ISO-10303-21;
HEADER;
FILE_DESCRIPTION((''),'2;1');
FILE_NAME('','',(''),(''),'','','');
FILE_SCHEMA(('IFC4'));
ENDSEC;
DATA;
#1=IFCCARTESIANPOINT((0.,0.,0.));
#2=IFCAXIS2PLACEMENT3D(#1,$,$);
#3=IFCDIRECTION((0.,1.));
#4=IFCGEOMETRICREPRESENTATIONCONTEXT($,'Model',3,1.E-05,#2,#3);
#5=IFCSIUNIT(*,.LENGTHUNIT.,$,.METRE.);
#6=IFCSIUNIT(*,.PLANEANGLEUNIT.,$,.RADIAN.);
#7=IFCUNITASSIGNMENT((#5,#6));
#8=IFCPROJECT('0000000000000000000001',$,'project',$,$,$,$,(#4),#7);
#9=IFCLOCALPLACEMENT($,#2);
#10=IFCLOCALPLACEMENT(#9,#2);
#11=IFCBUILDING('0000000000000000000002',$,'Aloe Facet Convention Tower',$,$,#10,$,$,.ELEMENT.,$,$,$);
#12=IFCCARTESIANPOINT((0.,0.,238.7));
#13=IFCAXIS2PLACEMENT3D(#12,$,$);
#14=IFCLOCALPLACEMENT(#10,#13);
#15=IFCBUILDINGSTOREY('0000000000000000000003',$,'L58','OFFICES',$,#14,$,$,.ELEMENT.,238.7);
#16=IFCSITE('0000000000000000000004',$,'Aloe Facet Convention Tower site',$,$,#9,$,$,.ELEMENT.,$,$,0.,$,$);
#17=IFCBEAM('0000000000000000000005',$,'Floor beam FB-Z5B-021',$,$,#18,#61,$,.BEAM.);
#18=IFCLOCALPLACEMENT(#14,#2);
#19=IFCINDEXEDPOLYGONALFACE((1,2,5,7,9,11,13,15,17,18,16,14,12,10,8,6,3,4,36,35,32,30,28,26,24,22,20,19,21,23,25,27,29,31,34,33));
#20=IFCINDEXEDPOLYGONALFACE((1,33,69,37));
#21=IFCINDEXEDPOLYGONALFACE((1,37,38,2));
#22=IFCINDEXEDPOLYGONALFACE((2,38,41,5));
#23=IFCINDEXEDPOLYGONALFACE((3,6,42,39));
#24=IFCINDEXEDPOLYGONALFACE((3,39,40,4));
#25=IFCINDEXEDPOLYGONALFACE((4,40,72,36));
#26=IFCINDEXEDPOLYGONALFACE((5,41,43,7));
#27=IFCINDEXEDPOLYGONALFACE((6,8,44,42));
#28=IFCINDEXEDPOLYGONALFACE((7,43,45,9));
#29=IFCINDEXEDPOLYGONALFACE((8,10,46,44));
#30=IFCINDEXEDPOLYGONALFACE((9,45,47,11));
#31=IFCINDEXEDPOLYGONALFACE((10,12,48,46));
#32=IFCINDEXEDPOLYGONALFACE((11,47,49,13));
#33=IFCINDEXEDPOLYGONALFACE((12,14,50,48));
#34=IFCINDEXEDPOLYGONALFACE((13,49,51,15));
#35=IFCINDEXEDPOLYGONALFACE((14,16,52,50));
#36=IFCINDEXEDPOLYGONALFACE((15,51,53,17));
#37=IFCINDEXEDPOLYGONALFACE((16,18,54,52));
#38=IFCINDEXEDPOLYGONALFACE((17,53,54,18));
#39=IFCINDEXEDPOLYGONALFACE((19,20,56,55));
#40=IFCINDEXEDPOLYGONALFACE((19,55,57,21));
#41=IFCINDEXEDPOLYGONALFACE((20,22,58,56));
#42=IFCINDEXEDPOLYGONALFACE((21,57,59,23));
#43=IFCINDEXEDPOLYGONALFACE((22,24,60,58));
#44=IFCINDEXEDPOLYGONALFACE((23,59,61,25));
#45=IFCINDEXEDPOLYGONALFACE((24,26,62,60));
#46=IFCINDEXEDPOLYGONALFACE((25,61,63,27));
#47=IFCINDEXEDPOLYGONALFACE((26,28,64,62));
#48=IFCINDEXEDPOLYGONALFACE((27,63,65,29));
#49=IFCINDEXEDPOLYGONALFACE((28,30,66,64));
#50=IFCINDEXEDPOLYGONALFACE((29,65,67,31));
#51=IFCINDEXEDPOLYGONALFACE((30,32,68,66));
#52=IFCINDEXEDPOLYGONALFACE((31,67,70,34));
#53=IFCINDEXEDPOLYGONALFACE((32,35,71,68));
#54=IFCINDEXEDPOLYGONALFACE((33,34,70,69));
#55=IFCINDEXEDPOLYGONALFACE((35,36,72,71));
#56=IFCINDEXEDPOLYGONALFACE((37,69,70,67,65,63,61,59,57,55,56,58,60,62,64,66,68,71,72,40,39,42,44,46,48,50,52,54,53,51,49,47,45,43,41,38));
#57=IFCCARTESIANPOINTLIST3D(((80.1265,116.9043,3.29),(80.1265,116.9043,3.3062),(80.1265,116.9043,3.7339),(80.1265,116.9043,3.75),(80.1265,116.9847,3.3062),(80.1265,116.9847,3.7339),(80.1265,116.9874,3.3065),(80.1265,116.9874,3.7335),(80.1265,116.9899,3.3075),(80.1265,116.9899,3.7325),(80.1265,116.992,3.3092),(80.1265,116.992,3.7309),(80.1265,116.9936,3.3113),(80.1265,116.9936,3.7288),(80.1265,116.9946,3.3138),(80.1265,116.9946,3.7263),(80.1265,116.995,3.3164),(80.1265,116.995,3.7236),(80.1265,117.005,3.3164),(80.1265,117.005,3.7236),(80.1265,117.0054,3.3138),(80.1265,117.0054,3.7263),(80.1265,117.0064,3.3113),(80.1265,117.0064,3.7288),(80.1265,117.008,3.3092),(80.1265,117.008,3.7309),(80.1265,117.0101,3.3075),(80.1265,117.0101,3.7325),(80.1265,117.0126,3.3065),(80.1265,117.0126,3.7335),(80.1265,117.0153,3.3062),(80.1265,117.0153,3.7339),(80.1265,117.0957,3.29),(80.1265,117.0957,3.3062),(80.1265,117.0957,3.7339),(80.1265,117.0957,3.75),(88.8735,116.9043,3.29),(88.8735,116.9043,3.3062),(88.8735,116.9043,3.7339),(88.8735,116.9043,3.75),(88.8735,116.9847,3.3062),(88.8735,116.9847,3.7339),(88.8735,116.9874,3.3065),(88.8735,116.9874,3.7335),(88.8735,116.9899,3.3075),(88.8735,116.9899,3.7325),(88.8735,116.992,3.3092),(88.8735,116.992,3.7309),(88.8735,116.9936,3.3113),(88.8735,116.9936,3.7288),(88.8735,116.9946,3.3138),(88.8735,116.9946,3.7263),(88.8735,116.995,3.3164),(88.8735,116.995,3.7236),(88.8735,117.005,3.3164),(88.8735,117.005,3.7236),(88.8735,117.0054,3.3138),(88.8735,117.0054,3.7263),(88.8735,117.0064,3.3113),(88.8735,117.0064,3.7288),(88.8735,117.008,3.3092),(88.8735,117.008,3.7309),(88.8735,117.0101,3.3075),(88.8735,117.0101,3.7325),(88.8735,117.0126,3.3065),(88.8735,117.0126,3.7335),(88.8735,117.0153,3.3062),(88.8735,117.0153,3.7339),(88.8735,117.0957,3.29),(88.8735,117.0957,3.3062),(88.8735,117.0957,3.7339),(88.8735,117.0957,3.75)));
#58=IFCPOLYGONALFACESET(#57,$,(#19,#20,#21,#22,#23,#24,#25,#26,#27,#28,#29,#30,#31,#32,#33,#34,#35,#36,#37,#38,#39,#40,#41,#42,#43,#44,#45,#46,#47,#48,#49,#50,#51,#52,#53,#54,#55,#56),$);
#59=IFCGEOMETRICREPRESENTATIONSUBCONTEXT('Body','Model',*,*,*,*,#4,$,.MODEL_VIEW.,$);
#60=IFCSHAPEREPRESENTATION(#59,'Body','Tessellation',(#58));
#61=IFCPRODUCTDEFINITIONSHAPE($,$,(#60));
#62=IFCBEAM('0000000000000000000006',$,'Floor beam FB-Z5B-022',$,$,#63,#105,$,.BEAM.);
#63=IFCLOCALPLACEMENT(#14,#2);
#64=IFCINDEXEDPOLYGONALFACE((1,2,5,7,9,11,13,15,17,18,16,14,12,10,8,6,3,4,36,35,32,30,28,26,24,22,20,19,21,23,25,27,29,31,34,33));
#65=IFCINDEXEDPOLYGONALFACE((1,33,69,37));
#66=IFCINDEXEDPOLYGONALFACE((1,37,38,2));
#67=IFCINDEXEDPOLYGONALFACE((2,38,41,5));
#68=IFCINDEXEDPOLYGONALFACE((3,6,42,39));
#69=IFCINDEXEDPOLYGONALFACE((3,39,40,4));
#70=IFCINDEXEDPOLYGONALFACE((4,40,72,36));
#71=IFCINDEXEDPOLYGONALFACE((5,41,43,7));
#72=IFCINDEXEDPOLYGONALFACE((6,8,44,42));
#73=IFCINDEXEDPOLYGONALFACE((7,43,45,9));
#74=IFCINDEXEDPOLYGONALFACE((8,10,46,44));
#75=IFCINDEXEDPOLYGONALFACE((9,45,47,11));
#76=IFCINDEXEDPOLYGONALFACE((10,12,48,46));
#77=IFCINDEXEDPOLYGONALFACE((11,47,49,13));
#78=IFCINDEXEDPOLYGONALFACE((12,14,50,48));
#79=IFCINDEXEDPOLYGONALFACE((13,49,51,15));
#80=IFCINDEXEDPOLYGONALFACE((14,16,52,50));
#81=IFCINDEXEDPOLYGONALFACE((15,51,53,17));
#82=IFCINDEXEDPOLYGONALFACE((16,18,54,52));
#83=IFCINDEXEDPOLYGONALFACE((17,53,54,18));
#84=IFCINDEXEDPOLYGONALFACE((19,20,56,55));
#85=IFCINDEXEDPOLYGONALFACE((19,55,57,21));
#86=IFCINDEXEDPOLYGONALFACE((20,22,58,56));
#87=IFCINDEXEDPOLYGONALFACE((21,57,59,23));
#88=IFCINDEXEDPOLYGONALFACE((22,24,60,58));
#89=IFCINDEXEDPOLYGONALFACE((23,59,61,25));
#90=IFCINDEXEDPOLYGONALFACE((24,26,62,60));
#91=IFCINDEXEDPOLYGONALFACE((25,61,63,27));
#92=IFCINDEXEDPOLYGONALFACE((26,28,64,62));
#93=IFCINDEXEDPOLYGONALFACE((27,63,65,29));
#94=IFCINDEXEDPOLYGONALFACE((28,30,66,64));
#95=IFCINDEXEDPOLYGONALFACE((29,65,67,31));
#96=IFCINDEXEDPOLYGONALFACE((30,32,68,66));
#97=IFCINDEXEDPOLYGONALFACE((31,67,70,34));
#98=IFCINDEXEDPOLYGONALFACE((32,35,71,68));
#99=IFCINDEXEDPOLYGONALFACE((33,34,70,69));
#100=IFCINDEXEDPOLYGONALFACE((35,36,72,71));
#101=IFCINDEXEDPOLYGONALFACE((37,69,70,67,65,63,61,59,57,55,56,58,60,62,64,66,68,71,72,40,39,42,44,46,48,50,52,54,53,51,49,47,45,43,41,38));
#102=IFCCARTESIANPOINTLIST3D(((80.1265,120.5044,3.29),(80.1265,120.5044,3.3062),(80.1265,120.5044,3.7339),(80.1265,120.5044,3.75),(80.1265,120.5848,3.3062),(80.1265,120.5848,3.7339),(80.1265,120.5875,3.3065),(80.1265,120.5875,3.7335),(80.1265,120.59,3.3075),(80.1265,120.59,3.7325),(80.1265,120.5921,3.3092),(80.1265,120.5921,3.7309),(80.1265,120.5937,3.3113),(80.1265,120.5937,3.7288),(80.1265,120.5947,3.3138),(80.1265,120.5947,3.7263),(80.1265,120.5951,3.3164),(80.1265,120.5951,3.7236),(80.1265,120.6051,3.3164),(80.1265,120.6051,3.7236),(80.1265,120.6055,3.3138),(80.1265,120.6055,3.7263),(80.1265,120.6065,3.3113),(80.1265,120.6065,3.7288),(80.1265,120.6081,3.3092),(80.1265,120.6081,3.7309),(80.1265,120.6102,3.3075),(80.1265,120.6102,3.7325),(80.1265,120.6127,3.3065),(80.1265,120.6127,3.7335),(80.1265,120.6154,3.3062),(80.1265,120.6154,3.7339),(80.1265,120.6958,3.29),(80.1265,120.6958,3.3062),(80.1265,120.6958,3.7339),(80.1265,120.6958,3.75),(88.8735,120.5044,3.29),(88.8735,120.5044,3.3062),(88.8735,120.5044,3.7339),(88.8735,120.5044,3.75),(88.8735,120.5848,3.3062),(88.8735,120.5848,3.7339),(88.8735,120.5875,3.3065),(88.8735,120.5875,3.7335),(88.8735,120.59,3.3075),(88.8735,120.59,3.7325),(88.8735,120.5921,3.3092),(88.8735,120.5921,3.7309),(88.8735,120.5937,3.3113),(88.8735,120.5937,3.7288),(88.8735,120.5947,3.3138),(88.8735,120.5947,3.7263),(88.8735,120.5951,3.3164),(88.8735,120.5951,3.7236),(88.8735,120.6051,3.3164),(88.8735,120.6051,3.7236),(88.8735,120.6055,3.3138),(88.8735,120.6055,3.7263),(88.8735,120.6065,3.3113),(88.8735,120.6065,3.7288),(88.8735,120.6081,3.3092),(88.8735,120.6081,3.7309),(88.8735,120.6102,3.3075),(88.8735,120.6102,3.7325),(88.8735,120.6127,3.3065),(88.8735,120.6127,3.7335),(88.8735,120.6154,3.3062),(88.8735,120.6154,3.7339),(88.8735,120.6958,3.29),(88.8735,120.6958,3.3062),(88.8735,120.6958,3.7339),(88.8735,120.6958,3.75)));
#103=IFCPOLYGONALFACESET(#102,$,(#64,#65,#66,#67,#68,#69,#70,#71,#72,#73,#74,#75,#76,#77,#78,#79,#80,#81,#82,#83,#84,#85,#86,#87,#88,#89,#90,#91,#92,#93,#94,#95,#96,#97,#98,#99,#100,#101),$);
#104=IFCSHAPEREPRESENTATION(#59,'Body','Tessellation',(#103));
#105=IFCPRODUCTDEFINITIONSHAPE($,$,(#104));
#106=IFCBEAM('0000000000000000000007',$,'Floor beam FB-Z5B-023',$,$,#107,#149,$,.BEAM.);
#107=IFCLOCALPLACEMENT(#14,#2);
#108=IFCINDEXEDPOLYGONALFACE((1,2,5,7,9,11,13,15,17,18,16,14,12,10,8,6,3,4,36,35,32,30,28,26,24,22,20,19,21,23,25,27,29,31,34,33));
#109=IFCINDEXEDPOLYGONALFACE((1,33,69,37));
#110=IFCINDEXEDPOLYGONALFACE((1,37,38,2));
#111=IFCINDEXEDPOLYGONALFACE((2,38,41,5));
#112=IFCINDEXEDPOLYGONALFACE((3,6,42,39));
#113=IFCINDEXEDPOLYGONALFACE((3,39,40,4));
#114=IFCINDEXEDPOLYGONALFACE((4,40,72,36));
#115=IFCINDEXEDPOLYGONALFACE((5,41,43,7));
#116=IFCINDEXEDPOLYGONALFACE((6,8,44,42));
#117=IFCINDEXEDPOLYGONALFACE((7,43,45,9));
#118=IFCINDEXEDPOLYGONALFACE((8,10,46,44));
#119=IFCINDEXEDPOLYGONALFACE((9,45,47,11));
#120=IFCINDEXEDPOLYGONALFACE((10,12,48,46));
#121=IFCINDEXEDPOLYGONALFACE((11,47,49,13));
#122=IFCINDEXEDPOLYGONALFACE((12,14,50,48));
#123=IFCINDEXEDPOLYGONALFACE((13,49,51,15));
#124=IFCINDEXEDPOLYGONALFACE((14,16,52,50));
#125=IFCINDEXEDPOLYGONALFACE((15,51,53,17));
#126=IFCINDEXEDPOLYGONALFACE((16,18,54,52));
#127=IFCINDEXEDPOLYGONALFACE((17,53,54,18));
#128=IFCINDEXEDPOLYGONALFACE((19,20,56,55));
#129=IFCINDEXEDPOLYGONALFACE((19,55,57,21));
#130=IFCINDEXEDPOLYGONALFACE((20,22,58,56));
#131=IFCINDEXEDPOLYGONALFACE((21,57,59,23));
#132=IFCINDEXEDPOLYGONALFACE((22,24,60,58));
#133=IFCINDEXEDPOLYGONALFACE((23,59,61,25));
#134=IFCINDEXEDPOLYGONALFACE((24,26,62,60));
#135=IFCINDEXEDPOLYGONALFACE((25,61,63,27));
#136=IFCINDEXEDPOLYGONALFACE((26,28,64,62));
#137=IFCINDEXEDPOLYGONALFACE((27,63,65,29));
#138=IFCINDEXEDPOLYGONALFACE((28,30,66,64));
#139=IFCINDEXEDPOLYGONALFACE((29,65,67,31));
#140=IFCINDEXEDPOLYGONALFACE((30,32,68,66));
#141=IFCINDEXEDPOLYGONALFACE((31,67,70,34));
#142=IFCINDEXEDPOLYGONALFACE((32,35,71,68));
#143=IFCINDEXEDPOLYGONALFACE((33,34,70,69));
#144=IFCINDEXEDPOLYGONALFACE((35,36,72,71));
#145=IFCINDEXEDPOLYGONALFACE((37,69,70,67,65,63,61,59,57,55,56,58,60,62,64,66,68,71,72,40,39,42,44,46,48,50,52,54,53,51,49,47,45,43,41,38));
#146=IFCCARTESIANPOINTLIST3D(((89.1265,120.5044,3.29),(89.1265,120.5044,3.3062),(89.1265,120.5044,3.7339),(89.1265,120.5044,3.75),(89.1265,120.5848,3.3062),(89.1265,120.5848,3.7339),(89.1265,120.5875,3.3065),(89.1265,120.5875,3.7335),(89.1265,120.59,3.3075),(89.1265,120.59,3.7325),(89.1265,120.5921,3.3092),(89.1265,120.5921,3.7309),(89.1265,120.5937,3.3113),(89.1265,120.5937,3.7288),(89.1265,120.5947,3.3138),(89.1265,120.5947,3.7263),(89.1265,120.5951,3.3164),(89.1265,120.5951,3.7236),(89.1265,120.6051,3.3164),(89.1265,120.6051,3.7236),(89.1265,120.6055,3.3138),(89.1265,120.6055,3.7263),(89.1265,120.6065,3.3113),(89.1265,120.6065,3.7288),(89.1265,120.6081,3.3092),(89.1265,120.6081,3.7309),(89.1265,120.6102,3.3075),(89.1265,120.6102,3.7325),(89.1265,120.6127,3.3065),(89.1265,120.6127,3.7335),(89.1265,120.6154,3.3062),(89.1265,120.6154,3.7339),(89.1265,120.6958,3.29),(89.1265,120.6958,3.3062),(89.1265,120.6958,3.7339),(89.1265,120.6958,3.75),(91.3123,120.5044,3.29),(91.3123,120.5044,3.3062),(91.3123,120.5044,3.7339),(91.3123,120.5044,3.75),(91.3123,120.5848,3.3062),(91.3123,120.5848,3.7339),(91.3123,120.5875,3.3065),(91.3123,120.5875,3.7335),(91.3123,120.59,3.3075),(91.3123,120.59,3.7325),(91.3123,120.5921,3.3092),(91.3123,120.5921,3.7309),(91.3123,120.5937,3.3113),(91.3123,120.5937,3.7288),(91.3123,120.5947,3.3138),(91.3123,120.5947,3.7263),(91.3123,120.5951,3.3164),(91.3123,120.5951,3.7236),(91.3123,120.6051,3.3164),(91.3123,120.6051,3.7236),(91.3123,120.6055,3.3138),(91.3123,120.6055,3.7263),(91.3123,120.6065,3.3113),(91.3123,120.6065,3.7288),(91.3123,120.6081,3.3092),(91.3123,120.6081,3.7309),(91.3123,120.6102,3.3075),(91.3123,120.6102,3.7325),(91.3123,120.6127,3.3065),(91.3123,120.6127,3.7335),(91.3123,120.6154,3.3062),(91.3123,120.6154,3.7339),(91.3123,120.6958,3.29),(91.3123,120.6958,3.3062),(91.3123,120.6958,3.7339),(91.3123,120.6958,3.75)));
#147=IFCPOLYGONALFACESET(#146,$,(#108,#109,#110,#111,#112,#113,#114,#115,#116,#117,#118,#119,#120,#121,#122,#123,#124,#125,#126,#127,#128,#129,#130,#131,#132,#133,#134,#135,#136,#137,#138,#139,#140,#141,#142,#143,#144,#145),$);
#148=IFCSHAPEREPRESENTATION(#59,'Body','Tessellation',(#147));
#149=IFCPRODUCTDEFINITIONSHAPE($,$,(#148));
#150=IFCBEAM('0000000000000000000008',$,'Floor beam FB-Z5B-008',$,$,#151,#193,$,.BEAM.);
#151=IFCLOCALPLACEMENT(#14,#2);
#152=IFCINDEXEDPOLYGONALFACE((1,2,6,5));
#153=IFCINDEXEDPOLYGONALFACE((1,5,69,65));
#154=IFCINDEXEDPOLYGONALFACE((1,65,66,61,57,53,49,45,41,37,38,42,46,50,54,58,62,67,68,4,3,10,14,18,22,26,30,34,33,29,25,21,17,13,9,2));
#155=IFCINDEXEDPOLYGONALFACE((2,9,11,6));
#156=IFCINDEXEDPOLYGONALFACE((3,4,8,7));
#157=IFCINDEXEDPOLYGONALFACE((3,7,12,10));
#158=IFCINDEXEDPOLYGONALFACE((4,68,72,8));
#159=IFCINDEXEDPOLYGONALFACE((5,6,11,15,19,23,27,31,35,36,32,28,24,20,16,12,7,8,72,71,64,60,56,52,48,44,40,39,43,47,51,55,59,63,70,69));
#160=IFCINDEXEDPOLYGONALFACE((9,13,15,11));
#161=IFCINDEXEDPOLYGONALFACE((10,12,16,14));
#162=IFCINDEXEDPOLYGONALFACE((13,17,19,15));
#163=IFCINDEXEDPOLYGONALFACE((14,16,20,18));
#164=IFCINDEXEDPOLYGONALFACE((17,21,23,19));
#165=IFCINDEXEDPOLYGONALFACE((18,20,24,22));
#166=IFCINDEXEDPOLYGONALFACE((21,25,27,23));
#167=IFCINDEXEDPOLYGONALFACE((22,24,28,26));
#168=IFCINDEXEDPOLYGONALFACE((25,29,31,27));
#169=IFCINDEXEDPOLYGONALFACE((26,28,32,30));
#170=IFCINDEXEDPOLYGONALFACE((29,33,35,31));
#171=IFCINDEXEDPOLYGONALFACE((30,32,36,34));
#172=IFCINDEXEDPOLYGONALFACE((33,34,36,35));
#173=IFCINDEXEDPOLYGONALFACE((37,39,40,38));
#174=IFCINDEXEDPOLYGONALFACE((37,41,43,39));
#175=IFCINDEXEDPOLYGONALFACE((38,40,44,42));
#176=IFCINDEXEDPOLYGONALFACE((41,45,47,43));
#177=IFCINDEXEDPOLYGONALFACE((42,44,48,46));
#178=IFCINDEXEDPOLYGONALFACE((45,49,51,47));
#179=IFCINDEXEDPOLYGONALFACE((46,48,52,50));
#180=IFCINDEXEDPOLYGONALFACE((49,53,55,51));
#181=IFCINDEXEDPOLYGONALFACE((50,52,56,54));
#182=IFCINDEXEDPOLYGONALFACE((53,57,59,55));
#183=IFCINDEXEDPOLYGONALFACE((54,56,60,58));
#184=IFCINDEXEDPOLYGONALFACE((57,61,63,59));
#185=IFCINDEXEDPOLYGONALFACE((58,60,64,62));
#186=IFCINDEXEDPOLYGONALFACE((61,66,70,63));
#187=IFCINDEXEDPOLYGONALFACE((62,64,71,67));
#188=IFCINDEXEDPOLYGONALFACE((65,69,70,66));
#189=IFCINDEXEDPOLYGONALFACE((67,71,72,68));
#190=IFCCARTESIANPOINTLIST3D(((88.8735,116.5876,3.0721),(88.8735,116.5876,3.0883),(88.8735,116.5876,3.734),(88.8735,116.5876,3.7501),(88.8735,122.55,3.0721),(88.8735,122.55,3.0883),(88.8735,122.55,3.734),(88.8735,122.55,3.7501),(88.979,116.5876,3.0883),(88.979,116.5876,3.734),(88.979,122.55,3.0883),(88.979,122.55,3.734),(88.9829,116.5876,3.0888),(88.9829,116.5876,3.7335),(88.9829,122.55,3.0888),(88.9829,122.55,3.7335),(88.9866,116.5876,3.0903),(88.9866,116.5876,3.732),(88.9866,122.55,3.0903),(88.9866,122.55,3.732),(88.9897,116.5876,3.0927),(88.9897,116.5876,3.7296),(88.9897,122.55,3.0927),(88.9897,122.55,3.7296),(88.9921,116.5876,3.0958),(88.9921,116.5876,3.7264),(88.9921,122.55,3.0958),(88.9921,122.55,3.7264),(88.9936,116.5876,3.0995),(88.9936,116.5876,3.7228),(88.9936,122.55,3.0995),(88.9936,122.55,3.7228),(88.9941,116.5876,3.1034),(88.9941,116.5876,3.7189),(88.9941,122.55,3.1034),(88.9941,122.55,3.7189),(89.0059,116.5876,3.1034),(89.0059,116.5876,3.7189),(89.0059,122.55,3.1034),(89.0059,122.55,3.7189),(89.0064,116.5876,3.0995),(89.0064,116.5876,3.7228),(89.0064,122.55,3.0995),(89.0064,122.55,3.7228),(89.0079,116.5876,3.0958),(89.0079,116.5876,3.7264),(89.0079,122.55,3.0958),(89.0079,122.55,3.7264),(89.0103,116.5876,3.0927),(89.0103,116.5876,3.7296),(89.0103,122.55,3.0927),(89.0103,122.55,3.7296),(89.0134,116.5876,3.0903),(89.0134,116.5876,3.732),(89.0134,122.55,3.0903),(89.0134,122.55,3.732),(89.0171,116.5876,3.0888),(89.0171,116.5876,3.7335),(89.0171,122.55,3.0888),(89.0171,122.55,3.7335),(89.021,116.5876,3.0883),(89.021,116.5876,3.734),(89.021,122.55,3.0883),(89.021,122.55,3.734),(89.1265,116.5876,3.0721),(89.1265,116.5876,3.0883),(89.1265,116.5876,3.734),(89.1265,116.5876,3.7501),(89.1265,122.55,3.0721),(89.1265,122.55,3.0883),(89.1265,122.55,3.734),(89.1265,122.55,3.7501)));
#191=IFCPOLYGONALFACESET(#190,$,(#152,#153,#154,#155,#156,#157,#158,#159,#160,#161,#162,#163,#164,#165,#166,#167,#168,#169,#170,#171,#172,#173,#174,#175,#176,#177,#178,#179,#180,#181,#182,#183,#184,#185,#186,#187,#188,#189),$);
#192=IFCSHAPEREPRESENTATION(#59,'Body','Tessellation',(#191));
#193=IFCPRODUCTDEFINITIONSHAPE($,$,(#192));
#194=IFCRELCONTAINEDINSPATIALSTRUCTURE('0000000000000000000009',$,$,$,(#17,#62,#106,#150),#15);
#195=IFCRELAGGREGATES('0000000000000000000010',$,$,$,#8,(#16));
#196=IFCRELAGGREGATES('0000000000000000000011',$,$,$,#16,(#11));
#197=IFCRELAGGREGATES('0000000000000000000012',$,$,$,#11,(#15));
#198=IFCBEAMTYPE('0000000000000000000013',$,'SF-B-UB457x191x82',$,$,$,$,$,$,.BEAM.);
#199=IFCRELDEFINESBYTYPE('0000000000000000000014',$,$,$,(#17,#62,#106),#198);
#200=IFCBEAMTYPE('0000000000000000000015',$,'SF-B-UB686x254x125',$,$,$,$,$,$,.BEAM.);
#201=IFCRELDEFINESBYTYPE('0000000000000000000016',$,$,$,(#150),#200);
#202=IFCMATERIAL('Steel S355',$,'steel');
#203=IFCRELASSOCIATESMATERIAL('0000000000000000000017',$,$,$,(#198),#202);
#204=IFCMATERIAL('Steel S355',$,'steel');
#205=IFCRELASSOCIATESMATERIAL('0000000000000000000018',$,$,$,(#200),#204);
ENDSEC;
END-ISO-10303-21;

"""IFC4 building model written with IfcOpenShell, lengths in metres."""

from ifc_helpers import new_model, si_unit, direction, frame, origin, origin_2d, place, context, subcontext, project, spatial, i_section, extrude, material, material_profile, profile_set, type_object, element, save


model = new_model("IFC4")

# Units and contexts
model_context = context("Model", 3, precision=1e-05, world=origin(), true_north=direction((0.0, 1.0)))
body_context = subcontext(model_context, "Body", "Model", "MODEL_VIEW")
ifc_project = project(units=[si_unit("LENGTHUNIT", "METRE"), si_unit("PLANEANGLEUNIT", "RADIAN")], contexts=[model_context])

# Site, building, storey
site_placement = place(None, origin())
site = spatial("IfcSite", under=ifc_project, at=site_placement, Name="Aloe Facet Convention Tower site", CompositionType="ELEMENT", RefElevation=0.0)
building_placement = place(site_placement, origin())
building = spatial("IfcBuilding", under=site, at=building_placement, Name="Aloe Facet Convention Tower", CompositionType="ELEMENT")
storey_placement = place(building_placement, frame((0.0, 0.0, 238.7)))
storey = spatial("IfcBuildingStorey", under=building, at=storey_placement, Name="L58", Description="OFFICES", CompositionType="ELEMENT", Elevation=238.7)

# Beams
ifc_material_1 = material(Name="Steel S355", Category="steel")
ifc_material_profile_1 = material_profile(ifc_material_1, i_section(OverallWidth=0.1914, OverallDepth=0.46, WebThickness=0.01, FlangeThickness=0.0161, FilletRadius=0.0103, at=origin_2d()), Name="UB 457x191x82")
ifc_profile_set_1 = profile_set([ifc_material_profile_1], Name="Steel S355")
beam_type_1 = type_object("IfcBeamType", Name="SF-B-UB457x191x82", PredefinedType="BEAM", material=ifc_profile_set_1)
for number, where, z_axis, x_axis, name in (
    (1, (80.1265, 117.0, 3.52), (1.0, 0.0, 0.0), (0.0, 1.0, 0.0), "Floor beam FB-Z5B-021"),
    (2, (80.1265, 120.6001, 3.52), (1.0, 0.0, 0.0), (0.0, 1.0, 0.0), "Floor beam FB-Z5B-022"),
):
    element("IfcBeam", number, at=place(storey_placement, frame(where, z_axis=z_axis, x_axis=x_axis)), inside=storey, type_object=beam_type_1, Name=name, PredefinedType="BEAM", context=body_context, shape_type="SweptSolid", body=[
        extrude(i_section(OverallWidth=0.1914, OverallDepth=0.46, WebThickness=0.01, FlangeThickness=0.0161, FilletRadius=0.0103, at=origin_2d()), origin(), (0.0, 0.0, 1.0), 8.7471),
    ])
beam_1_placement = place(storey_placement, frame((89.1265, 120.6001, 3.52), z_axis=(1.0, 0.0, 0.0), x_axis=(0.0, 1.0, 0.0)))
element("IfcBeam", 3, at=beam_1_placement, inside=storey, type_object=beam_type_1, Name="Floor beam FB-Z5B-023", PredefinedType="BEAM", context=body_context, shape_type="SweptSolid", body=[
    extrude(i_section(OverallWidth=0.1914, OverallDepth=0.46, WebThickness=0.01, FlangeThickness=0.0161, FilletRadius=0.0103, at=origin_2d()), origin(), (0.0, 0.0, 1.0), 2.1858),
])
ifc_material_2 = material(Name="Steel S355", Category="steel")
ifc_material_profile_2 = material_profile(ifc_material_2, i_section(OverallWidth=0.2529, OverallDepth=0.678, WebThickness=0.0117, FlangeThickness=0.0161, FilletRadius=0.0151, at=origin_2d()), Name="UB 686x254x125")
ifc_profile_set_2 = profile_set([ifc_material_profile_2], Name="Steel S355")
beam_type_2 = type_object("IfcBeamType", Name="SF-B-UB686x254x125", PredefinedType="BEAM", material=ifc_profile_set_2)
beam_2_placement = place(storey_placement, frame((89.0, 122.55, 3.4111), z_axis=(0.0, -1.0, 0.0), x_axis=(1.0, 0.0, 0.0)))
element("IfcBeam", 4, at=beam_2_placement, inside=storey, type_object=beam_type_2, Name="Floor beam FB-Z5B-008", PredefinedType="BEAM", context=body_context, shape_type="SweptSolid", body=[
    extrude(i_section(OverallWidth=0.2529, OverallDepth=0.678, WebThickness=0.0117, FlangeThickness=0.0161, FilletRadius=0.0151, at=origin_2d()), origin(), (0.0, 0.0, 1.0), 5.9624),
])

save(model, "model.ifc")
